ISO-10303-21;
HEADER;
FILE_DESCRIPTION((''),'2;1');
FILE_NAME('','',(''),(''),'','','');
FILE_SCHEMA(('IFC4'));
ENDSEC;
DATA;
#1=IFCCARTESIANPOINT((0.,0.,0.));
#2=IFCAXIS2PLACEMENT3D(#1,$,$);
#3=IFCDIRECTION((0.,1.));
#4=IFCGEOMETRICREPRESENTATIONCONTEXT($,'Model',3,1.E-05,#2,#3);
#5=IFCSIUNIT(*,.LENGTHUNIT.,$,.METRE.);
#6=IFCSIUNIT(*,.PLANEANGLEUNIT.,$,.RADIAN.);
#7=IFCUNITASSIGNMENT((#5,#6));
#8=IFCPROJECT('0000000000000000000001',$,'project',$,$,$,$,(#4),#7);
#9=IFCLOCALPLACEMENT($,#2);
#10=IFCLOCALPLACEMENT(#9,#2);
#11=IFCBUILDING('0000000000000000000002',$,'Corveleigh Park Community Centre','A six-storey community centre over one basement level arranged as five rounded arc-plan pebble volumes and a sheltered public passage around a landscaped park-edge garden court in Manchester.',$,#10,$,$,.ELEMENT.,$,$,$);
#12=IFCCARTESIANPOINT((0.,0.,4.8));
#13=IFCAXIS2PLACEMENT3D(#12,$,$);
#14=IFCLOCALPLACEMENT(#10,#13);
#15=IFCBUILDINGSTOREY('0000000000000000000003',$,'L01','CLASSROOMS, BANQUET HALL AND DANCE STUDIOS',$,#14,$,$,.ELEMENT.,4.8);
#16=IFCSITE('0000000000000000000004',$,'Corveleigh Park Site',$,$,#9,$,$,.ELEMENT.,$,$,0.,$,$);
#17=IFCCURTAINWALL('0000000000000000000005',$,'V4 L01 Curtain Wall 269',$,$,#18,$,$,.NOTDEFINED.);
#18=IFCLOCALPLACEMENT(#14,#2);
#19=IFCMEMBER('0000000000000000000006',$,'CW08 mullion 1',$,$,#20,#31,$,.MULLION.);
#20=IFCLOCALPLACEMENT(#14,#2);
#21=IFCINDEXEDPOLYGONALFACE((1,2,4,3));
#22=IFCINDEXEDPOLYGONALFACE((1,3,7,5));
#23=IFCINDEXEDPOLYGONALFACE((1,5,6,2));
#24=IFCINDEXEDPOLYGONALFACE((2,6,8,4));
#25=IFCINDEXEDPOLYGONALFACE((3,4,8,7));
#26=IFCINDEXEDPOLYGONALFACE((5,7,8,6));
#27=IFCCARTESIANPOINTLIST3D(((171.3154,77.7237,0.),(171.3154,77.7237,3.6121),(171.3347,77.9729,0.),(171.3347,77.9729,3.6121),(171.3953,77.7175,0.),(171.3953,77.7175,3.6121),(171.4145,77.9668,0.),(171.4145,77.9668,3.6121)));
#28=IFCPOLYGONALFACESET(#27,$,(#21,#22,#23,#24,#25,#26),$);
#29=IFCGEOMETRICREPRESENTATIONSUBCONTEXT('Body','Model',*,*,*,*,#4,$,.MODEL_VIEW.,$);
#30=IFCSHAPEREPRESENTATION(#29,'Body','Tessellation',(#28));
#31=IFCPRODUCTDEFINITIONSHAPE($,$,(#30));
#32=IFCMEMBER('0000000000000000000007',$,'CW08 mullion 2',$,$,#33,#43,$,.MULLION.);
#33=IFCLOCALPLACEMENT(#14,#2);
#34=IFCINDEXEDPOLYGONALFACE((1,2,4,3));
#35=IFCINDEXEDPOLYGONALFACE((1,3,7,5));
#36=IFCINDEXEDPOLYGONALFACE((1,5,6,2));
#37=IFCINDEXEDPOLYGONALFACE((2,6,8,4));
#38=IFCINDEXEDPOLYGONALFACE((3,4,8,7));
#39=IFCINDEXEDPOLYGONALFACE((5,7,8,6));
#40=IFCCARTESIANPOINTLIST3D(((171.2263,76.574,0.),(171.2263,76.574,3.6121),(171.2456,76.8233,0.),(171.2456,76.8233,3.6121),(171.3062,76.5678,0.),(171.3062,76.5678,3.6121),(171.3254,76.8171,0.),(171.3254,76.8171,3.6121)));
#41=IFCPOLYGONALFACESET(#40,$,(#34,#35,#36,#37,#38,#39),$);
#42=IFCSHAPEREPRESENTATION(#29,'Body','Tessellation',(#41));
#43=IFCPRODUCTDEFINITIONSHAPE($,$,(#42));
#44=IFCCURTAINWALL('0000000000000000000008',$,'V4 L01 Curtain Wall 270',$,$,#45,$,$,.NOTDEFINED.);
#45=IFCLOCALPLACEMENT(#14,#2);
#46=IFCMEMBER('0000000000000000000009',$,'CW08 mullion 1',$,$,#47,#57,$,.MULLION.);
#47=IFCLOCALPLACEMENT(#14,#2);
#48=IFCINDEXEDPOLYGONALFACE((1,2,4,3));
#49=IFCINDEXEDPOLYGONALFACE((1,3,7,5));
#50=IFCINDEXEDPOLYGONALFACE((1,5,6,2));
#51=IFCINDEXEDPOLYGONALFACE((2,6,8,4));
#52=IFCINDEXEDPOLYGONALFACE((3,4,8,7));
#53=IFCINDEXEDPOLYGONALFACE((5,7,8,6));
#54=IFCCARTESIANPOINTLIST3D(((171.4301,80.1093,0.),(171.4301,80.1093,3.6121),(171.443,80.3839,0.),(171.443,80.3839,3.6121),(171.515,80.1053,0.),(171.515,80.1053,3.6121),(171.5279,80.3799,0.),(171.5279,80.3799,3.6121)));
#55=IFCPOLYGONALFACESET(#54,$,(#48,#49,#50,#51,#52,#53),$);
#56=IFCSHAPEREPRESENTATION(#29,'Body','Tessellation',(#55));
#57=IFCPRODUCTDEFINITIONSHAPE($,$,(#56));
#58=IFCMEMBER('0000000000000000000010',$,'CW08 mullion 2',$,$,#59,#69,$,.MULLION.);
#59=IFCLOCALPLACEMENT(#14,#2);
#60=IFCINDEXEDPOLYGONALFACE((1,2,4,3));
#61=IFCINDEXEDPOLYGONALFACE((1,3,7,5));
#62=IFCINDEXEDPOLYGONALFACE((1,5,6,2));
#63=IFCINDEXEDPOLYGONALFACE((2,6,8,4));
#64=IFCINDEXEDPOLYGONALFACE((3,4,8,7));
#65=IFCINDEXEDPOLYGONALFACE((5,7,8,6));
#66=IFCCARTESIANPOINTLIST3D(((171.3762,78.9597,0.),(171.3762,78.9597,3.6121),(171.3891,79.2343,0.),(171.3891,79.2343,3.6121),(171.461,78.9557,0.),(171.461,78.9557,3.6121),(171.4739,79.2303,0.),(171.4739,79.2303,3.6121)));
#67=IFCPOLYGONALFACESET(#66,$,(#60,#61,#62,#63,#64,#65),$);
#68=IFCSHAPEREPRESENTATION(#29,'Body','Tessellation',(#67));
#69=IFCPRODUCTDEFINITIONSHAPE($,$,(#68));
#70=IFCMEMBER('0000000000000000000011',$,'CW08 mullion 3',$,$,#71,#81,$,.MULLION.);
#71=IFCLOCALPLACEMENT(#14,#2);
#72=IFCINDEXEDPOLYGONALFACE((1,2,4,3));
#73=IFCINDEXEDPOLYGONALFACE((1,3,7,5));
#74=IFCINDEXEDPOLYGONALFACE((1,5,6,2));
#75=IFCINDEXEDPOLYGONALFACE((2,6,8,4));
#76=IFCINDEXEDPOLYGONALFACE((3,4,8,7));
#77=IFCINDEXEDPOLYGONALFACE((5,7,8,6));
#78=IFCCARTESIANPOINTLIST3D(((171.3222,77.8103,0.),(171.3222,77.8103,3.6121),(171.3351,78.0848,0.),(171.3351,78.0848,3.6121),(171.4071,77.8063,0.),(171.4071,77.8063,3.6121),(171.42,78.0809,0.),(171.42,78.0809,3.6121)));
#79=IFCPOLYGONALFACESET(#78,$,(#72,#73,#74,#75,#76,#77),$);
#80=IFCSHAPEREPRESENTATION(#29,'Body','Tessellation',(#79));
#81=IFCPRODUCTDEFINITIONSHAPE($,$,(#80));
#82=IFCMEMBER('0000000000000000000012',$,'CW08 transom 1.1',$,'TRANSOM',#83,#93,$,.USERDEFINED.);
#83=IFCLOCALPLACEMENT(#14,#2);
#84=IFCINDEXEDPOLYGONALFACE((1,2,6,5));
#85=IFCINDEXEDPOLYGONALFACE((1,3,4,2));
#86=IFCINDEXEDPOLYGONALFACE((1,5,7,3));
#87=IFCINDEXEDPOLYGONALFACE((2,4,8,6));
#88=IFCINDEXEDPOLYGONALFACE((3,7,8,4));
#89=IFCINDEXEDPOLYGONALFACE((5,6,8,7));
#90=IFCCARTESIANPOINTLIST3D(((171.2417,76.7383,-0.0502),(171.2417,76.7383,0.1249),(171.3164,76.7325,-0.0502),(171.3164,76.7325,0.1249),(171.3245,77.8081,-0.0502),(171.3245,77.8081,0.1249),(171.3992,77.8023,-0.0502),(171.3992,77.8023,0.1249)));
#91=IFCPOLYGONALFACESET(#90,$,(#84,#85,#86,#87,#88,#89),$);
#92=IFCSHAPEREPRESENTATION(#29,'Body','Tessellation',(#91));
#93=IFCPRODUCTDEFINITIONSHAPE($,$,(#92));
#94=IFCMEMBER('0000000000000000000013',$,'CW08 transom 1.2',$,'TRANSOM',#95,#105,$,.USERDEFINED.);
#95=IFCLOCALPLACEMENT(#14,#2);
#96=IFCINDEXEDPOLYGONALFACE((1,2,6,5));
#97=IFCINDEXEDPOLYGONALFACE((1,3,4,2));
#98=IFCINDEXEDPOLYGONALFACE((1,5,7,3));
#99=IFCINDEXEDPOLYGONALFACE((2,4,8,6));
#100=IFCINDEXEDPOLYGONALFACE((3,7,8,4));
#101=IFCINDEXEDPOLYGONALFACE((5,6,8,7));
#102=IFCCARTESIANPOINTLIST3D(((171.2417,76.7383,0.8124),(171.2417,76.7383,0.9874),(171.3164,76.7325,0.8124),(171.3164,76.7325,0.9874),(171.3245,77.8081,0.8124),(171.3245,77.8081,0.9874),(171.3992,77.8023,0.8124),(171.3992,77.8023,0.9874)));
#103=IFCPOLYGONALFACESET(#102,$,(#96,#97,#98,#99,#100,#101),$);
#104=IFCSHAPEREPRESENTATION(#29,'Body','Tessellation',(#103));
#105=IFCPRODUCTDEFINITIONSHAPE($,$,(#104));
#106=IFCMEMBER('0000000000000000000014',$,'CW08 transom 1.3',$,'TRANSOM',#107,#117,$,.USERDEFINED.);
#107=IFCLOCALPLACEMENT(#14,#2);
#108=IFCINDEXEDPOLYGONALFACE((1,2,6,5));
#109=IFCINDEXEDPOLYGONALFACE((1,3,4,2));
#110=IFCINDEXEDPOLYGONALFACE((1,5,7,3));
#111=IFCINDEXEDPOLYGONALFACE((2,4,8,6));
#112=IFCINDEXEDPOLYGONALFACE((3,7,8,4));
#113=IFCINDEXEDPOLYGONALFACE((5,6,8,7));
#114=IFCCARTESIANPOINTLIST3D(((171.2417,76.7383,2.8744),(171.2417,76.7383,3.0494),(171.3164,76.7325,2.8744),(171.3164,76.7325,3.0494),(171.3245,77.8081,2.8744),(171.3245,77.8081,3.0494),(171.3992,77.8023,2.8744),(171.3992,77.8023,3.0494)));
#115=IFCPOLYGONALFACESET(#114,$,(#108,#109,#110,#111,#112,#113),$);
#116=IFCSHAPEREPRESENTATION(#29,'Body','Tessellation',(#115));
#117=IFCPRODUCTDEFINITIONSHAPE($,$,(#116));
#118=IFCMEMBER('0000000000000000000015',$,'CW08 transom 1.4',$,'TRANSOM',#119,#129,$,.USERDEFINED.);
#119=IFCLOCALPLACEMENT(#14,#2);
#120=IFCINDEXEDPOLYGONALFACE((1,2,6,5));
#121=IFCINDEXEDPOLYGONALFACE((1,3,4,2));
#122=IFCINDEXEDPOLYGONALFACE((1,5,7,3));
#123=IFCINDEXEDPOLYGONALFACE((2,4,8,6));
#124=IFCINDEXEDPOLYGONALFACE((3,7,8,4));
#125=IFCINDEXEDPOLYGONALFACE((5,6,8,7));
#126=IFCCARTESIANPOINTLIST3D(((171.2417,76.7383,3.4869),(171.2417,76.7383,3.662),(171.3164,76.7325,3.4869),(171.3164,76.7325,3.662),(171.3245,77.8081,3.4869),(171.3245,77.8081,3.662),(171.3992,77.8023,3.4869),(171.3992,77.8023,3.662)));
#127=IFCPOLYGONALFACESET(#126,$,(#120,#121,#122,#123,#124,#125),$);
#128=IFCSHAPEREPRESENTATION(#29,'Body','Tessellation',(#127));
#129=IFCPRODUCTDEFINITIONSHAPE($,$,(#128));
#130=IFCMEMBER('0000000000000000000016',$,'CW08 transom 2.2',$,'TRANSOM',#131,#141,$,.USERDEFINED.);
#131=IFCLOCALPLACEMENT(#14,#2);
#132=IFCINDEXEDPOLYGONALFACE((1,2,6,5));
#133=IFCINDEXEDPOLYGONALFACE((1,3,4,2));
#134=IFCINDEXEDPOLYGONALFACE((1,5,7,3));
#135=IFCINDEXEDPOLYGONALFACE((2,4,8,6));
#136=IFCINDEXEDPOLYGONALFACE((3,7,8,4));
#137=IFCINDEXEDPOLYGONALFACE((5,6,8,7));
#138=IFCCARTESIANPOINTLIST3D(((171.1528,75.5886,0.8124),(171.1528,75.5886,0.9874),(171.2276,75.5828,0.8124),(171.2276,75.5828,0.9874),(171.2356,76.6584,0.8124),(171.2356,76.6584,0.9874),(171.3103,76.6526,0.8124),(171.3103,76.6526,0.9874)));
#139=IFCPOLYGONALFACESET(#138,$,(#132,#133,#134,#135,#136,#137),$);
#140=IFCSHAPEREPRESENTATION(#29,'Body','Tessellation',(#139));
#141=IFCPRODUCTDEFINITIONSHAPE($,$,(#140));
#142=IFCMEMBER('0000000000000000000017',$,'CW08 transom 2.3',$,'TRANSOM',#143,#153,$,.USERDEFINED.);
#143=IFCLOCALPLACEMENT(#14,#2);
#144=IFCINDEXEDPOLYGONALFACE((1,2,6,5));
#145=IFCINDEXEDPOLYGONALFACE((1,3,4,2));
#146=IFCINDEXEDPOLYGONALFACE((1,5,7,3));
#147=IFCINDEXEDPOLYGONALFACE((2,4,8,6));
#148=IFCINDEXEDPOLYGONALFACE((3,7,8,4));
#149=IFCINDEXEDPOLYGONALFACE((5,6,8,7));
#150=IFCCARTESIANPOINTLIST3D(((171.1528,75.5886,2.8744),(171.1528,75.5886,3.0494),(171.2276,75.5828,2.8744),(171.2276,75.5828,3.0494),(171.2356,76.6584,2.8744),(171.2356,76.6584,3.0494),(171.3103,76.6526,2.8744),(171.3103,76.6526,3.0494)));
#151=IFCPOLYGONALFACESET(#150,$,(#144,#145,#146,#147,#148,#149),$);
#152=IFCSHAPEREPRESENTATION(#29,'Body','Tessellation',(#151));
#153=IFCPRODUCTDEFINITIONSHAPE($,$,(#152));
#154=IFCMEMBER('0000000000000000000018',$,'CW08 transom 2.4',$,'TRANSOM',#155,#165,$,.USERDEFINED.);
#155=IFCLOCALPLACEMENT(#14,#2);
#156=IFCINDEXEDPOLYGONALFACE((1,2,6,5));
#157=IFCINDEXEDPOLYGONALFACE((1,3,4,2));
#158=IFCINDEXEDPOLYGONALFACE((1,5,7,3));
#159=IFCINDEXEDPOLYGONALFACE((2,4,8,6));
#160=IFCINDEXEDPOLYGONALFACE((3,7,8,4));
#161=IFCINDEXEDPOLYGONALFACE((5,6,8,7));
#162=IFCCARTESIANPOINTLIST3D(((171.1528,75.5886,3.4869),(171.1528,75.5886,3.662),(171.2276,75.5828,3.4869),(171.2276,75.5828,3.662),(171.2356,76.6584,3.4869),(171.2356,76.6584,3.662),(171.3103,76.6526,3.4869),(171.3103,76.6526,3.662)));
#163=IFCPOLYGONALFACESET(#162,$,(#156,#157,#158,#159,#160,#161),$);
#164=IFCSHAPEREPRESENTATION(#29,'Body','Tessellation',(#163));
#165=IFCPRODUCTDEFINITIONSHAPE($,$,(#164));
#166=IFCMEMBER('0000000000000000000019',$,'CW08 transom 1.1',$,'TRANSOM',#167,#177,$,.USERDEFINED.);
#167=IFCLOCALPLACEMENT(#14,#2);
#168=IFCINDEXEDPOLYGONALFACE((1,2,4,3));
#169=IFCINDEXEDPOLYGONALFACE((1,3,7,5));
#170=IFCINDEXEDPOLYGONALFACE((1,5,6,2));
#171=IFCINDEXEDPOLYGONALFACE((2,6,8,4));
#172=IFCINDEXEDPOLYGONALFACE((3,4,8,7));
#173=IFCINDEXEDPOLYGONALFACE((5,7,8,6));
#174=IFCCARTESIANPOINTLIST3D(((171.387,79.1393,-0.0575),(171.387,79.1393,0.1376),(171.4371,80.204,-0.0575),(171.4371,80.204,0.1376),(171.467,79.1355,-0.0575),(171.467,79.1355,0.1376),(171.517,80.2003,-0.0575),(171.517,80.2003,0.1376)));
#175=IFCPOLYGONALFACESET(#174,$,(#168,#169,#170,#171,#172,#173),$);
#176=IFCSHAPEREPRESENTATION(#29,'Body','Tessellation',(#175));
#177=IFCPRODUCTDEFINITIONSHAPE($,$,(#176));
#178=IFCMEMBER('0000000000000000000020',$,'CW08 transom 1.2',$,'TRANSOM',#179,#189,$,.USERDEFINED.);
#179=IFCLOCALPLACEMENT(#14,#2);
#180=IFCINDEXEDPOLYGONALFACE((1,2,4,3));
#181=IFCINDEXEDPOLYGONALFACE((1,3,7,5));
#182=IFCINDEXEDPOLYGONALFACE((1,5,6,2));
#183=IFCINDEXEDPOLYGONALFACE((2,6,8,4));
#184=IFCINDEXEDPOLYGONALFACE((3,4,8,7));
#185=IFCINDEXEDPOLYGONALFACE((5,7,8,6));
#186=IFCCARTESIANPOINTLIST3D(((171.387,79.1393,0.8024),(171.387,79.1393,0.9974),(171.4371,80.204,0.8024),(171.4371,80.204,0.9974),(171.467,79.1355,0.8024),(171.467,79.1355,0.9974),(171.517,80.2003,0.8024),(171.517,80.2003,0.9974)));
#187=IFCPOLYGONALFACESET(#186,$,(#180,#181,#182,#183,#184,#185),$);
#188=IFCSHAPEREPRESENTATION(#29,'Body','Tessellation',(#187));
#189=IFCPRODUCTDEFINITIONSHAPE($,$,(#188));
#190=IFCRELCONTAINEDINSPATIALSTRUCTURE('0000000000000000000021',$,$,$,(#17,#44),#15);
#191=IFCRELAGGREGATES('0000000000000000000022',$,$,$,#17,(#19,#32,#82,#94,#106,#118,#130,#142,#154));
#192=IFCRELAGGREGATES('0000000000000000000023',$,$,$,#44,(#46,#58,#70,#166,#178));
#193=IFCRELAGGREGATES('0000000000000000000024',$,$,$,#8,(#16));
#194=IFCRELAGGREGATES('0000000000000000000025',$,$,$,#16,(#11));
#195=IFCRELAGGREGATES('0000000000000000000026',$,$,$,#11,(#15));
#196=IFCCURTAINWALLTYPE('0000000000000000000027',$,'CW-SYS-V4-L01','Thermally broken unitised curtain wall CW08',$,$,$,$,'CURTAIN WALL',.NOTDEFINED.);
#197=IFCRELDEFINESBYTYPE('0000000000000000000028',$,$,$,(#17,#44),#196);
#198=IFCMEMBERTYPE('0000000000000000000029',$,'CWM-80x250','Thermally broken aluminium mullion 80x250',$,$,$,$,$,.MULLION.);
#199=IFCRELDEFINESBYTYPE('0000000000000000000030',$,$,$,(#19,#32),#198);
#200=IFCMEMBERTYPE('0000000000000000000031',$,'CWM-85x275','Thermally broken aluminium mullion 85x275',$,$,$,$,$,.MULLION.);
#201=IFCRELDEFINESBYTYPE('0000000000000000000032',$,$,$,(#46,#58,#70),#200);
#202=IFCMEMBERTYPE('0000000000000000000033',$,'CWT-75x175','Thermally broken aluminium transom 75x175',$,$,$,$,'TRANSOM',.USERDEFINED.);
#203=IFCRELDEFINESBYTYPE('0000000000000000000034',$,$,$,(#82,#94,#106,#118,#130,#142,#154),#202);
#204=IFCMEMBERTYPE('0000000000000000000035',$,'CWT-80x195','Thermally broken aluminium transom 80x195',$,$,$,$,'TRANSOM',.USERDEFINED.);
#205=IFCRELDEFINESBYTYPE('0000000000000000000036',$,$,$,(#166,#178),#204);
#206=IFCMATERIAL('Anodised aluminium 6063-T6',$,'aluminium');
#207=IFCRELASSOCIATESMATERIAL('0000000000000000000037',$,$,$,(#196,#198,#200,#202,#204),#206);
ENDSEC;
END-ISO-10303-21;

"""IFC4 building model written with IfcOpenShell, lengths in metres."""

from ifc_helpers import new_model, si_unit, direction, frame, origin, origin_2d, place, context, subcontext, project, spatial, rectangle, extrude, material, material_profile, profile_set, type_object, element, aggregate, save


model = new_model("IFC4")

# Units and contexts
model_context = context("Model", 3, precision=1e-05, world=origin(), true_north=direction((0.0, 1.0)))
body_context = subcontext(model_context, "Body", "Model", "MODEL_VIEW")
ifc_project = project(units=[si_unit("LENGTHUNIT", "METRE"), si_unit("PLANEANGLEUNIT", "RADIAN")], contexts=[model_context])

# Site, building, storey
site_placement = place(None, origin())
site = spatial("IfcSite", under=ifc_project, at=site_placement, Name="Corveleigh Park Site", CompositionType="ELEMENT", RefElevation=0.0)
building_placement = place(site_placement, origin())
building = spatial("IfcBuilding", under=site, at=building_placement, Name="Corveleigh Park Community Centre", Description="A six-storey community centre over one basement level arranged as five rounded arc-plan pebble volumes and a sheltered public passage around a landscaped park-edge garden court in Manchester.", CompositionType="ELEMENT")
storey_placement = place(building_placement, frame((0.0, 0.0, 4.8)))
storey = spatial("IfcBuildingStorey", under=building, at=storey_placement, Name="L01", Description="CLASSROOMS, BANQUET HALL AND DANCE STUDIOS", CompositionType="ELEMENT", Elevation=4.8)

# Curtain walls, members
ifc_material_1 = material(Name="Anodised aluminium 6063-T6", Category="aluminium")
curtain_wall_type = type_object("IfcCurtainWallType", Name="CW-SYS-V4-L01", Description="Thermally broken unitised curtain wall CW08", ElementType="CURTAIN WALL", PredefinedType="NOTDEFINED", material=ifc_material_1)
curtain_wall_1_placement = place(storey_placement, origin())
curtain_wall_1 = element("IfcCurtainWall", 1, at=curtain_wall_1_placement, inside=storey, type_object=curtain_wall_type, Name="V4 L01 Curtain Wall 269", PredefinedType="NOTDEFINED")
ifc_material_profile_1 = material_profile(ifc_material_1, rectangle(XDim=0.0801, YDim=0.25, at=origin_2d()), Name="ALU-M80x250", Category="aluminium")
ifc_profile_set_1 = profile_set([ifc_material_profile_1], Name="Anodised aluminium 6063-T6")
member_type_1 = type_object("IfcMemberType", Name="CWM-80x250", Description="Thermally broken aluminium mullion 80x250", PredefinedType="MULLION", material=ifc_profile_set_1)
member_1_placement = place(storey_placement, frame((171.365, 77.8452, 0.0), z_axis=(0.0, 0.0, 1.0), x_axis=(0.997022, -0.077113, 0.0)))
member_1 = element("IfcMember", 2, at=member_1_placement, type_object=member_type_1, Name="CW08 mullion 1", PredefinedType="MULLION", context=body_context, shape_type="SweptSolid", body=[
    extrude(rectangle(XDim=0.0801, YDim=0.25, at=origin_2d()), origin(), (0.0, 0.0, 1.0), 3.6121),
])
member_2_placement = place(storey_placement, frame((171.2759, 76.6956, 0.0), z_axis=(0.0, 0.0, 1.0), x_axis=(0.997022, -0.077113, 0.0)))
member_2 = element("IfcMember", 3, at=member_2_placement, type_object=member_type_1, Name="CW08 mullion 2", PredefinedType="MULLION", context=body_context, shape_type="SweptSolid", body=[
    extrude(rectangle(XDim=0.0801, YDim=0.25, at=origin_2d()), origin(), (0.0, 0.0, 1.0), 3.6121),
])
curtain_wall_2_placement = place(storey_placement, origin())
curtain_wall_2 = element("IfcCurtainWall", 4, at=curtain_wall_2_placement, inside=storey, type_object=curtain_wall_type, Name="V4 L01 Curtain Wall 270", PredefinedType="NOTDEFINED")
ifc_material_profile_2 = material_profile(ifc_material_1, rectangle(XDim=0.085, YDim=0.2749, at=origin_2d()), Name="ALU-M85x275", Category="aluminium")
ifc_profile_set_2 = profile_set([ifc_material_profile_2], Name="Anodised aluminium 6063-T6")
member_type_2 = type_object("IfcMemberType", Name="CWM-85x275", Description="Thermally broken aluminium mullion 85x275", PredefinedType="MULLION", material=ifc_profile_set_2)
member_3_placement = place(storey_placement, frame((171.479, 80.2446, 0.0), z_axis=(0.0, 0.0, 1.0), x_axis=(0.998898, -0.046928, 0.0)))
member_3 = element("IfcMember", 5, at=member_3_placement, type_object=member_type_2, Name="CW08 mullion 1", PredefinedType="MULLION", context=body_context, shape_type="SweptSolid", body=[
    extrude(rectangle(XDim=0.085, YDim=0.2749, at=origin_2d()), origin(), (0.0, 0.0, 1.0), 3.6121),
])
member_4_placement = place(storey_placement, frame((171.425, 79.095, 0.0), z_axis=(0.0, 0.0, 1.0), x_axis=(0.998898, -0.046928, 0.0)))
member_4 = element("IfcMember", 6, at=member_4_placement, type_object=member_type_2, Name="CW08 mullion 2", PredefinedType="MULLION", context=body_context, shape_type="SweptSolid", body=[
    extrude(rectangle(XDim=0.085, YDim=0.2749, at=origin_2d()), origin(), (0.0, 0.0, 1.0), 3.6121),
])
member_5_placement = place(storey_placement, frame((171.3711, 77.9456, 0.0), z_axis=(0.0, 0.0, 1.0), x_axis=(0.998898, -0.046928, 0.0)))
member_5 = element("IfcMember", 7, at=member_5_placement, type_object=member_type_2, Name="CW08 mullion 3", PredefinedType="MULLION", context=body_context, shape_type="SweptSolid", body=[
    extrude(rectangle(XDim=0.085, YDim=0.2749, at=origin_2d()), origin(), (0.0, 0.0, 1.0), 3.6121),
])

# Members
ifc_material_profile_3 = material_profile(ifc_material_1, rectangle(XDim=0.075, YDim=0.175, at=origin_2d()), Name="ALU-T75x175", Category="aluminium")
ifc_profile_set_3 = profile_set([ifc_material_profile_3], Name="Anodised aluminium 6063-T6")
member_type_3 = type_object("IfcMemberType", Name="CWT-75x175", Description="Thermally broken aluminium transom 75x175", ElementType="TRANSOM", PredefinedType="USERDEFINED", material=ifc_profile_set_3)
member_6_placement = place(storey_placement, frame((171.3618, 77.8052, 0.0374), z_axis=(-0.077131, -0.997021, 0.0), x_axis=(0.997021, -0.077131, 0.0)))
member_6 = element("IfcMember", 8, at=member_6_placement, type_object=member_type_3, Name="CW08 transom 1.1", ObjectType="TRANSOM", PredefinedType="USERDEFINED", context=body_context, shape_type="SweptSolid", body=[
    extrude(rectangle(XDim=0.075, YDim=0.175, at=origin_2d()), origin(), (0.0, 0.0, 1.0), 1.073),
])
member_7_placement = place(storey_placement, frame((171.3618, 77.8052, 0.8999), z_axis=(-0.077131, -0.997021, 0.0), x_axis=(0.997021, -0.077131, 0.0)))
member_7 = element("IfcMember", 9, at=member_7_placement, type_object=member_type_3, Name="CW08 transom 1.2", ObjectType="TRANSOM", PredefinedType="USERDEFINED", context=body_context, shape_type="SweptSolid", body=[
    extrude(rectangle(XDim=0.075, YDim=0.175, at=origin_2d()), origin(), (0.0, 0.0, 1.0), 1.073),
])
member_8_placement = place(storey_placement, frame((171.3618, 77.8052, 2.9619), z_axis=(-0.077131, -0.997021, 0.0), x_axis=(0.997021, -0.077131, 0.0)))
member_8 = element("IfcMember", 10, at=member_8_placement, type_object=member_type_3, Name="CW08 transom 1.3", ObjectType="TRANSOM", PredefinedType="USERDEFINED", context=body_context, shape_type="SweptSolid", body=[
    extrude(rectangle(XDim=0.075, YDim=0.175, at=origin_2d()), origin(), (0.0, 0.0, 1.0), 1.073),
])
member_9_placement = place(storey_placement, frame((171.3618, 77.8052, 3.5745), z_axis=(-0.077131, -0.997021, 0.0), x_axis=(0.997021, -0.077131, 0.0)))
member_9 = element("IfcMember", 11, at=member_9_placement, type_object=member_type_3, Name="CW08 transom 1.4", ObjectType="TRANSOM", PredefinedType="USERDEFINED", context=body_context, shape_type="SweptSolid", body=[
    extrude(rectangle(XDim=0.075, YDim=0.175, at=origin_2d()), origin(), (0.0, 0.0, 1.0), 1.073),
])
member_10_placement = place(storey_placement, frame((171.2729, 76.6555, 0.8999), z_axis=(-0.077131, -0.997021, 0.0), x_axis=(0.997021, -0.077131, 0.0)))
member_10 = element("IfcMember", 12, at=member_10_placement, type_object=member_type_3, Name="CW08 transom 2.2", ObjectType="TRANSOM", PredefinedType="USERDEFINED", context=body_context, shape_type="SweptSolid", body=[
    extrude(rectangle(XDim=0.075, YDim=0.175, at=origin_2d()), origin(), (0.0, 0.0, 1.0), 1.073),
])
member_11_placement = place(storey_placement, frame((171.2729, 76.6555, 2.9619), z_axis=(-0.077131, -0.997021, 0.0), x_axis=(0.997021, -0.077131, 0.0)))
member_11 = element("IfcMember", 13, at=member_11_placement, type_object=member_type_3, Name="CW08 transom 2.3", ObjectType="TRANSOM", PredefinedType="USERDEFINED", context=body_context, shape_type="SweptSolid", body=[
    extrude(rectangle(XDim=0.075, YDim=0.175, at=origin_2d()), origin(), (0.0, 0.0, 1.0), 1.073),
])
member_12_placement = place(storey_placement, frame((171.2729, 76.6555, 3.5745), z_axis=(-0.077131, -0.997021, 0.0), x_axis=(0.997021, -0.077131, 0.0)))
member_12 = element("IfcMember", 14, at=member_12_placement, type_object=member_type_3, Name="CW08 transom 2.4", ObjectType="TRANSOM", PredefinedType="USERDEFINED", context=body_context, shape_type="SweptSolid", body=[
    extrude(rectangle(XDim=0.075, YDim=0.175, at=origin_2d()), origin(), (0.0, 0.0, 1.0), 1.073),
])
ifc_material_profile_4 = material_profile(ifc_material_1, rectangle(XDim=0.0801, YDim=0.1951, at=origin_2d()), Name="ALU-T80x195", Category="aluminium")
ifc_profile_set_4 = profile_set([ifc_material_profile_4], Name="Anodised aluminium 6063-T6")
member_type_4 = type_object("IfcMemberType", Name="CWT-80x195", Description="Thermally broken aluminium transom 80x195", ElementType="TRANSOM", PredefinedType="USERDEFINED", material=ifc_profile_set_4)
member_13_placement = place(storey_placement, frame((171.4771, 80.2021, 0.04), z_axis=(-0.046956, -0.998897, 0.0), x_axis=(0.998897, -0.046956, 0.0)))
member_13 = element("IfcMember", 15, at=member_13_placement, type_object=member_type_4, Name="CW08 transom 1.1", ObjectType="TRANSOM", PredefinedType="USERDEFINED", context=body_context, shape_type="SweptSolid", body=[
    extrude(rectangle(XDim=0.0801, YDim=0.1951, at=origin_2d()), origin(), (0.0, 0.0, 1.0), 1.0659),
])
member_14_placement = place(storey_placement, frame((171.4771, 80.2021, 0.8999), z_axis=(-0.046956, -0.998897, 0.0), x_axis=(0.998897, -0.046956, 0.0)))
member_14 = element("IfcMember", 16, at=member_14_placement, type_object=member_type_4, Name="CW08 transom 1.2", ObjectType="TRANSOM", PredefinedType="USERDEFINED", context=body_context, shape_type="SweptSolid", body=[
    extrude(rectangle(XDim=0.0801, YDim=0.1951, at=origin_2d()), origin(), (0.0, 0.0, 1.0), 1.0659),
])

aggregate(curtain_wall_1, [member_1, member_2, member_6, member_7, member_8, member_9, member_10, member_11, member_12])
aggregate(curtain_wall_2, [member_3, member_4, member_5, member_13, member_14])

save(model, "model.ifc")
